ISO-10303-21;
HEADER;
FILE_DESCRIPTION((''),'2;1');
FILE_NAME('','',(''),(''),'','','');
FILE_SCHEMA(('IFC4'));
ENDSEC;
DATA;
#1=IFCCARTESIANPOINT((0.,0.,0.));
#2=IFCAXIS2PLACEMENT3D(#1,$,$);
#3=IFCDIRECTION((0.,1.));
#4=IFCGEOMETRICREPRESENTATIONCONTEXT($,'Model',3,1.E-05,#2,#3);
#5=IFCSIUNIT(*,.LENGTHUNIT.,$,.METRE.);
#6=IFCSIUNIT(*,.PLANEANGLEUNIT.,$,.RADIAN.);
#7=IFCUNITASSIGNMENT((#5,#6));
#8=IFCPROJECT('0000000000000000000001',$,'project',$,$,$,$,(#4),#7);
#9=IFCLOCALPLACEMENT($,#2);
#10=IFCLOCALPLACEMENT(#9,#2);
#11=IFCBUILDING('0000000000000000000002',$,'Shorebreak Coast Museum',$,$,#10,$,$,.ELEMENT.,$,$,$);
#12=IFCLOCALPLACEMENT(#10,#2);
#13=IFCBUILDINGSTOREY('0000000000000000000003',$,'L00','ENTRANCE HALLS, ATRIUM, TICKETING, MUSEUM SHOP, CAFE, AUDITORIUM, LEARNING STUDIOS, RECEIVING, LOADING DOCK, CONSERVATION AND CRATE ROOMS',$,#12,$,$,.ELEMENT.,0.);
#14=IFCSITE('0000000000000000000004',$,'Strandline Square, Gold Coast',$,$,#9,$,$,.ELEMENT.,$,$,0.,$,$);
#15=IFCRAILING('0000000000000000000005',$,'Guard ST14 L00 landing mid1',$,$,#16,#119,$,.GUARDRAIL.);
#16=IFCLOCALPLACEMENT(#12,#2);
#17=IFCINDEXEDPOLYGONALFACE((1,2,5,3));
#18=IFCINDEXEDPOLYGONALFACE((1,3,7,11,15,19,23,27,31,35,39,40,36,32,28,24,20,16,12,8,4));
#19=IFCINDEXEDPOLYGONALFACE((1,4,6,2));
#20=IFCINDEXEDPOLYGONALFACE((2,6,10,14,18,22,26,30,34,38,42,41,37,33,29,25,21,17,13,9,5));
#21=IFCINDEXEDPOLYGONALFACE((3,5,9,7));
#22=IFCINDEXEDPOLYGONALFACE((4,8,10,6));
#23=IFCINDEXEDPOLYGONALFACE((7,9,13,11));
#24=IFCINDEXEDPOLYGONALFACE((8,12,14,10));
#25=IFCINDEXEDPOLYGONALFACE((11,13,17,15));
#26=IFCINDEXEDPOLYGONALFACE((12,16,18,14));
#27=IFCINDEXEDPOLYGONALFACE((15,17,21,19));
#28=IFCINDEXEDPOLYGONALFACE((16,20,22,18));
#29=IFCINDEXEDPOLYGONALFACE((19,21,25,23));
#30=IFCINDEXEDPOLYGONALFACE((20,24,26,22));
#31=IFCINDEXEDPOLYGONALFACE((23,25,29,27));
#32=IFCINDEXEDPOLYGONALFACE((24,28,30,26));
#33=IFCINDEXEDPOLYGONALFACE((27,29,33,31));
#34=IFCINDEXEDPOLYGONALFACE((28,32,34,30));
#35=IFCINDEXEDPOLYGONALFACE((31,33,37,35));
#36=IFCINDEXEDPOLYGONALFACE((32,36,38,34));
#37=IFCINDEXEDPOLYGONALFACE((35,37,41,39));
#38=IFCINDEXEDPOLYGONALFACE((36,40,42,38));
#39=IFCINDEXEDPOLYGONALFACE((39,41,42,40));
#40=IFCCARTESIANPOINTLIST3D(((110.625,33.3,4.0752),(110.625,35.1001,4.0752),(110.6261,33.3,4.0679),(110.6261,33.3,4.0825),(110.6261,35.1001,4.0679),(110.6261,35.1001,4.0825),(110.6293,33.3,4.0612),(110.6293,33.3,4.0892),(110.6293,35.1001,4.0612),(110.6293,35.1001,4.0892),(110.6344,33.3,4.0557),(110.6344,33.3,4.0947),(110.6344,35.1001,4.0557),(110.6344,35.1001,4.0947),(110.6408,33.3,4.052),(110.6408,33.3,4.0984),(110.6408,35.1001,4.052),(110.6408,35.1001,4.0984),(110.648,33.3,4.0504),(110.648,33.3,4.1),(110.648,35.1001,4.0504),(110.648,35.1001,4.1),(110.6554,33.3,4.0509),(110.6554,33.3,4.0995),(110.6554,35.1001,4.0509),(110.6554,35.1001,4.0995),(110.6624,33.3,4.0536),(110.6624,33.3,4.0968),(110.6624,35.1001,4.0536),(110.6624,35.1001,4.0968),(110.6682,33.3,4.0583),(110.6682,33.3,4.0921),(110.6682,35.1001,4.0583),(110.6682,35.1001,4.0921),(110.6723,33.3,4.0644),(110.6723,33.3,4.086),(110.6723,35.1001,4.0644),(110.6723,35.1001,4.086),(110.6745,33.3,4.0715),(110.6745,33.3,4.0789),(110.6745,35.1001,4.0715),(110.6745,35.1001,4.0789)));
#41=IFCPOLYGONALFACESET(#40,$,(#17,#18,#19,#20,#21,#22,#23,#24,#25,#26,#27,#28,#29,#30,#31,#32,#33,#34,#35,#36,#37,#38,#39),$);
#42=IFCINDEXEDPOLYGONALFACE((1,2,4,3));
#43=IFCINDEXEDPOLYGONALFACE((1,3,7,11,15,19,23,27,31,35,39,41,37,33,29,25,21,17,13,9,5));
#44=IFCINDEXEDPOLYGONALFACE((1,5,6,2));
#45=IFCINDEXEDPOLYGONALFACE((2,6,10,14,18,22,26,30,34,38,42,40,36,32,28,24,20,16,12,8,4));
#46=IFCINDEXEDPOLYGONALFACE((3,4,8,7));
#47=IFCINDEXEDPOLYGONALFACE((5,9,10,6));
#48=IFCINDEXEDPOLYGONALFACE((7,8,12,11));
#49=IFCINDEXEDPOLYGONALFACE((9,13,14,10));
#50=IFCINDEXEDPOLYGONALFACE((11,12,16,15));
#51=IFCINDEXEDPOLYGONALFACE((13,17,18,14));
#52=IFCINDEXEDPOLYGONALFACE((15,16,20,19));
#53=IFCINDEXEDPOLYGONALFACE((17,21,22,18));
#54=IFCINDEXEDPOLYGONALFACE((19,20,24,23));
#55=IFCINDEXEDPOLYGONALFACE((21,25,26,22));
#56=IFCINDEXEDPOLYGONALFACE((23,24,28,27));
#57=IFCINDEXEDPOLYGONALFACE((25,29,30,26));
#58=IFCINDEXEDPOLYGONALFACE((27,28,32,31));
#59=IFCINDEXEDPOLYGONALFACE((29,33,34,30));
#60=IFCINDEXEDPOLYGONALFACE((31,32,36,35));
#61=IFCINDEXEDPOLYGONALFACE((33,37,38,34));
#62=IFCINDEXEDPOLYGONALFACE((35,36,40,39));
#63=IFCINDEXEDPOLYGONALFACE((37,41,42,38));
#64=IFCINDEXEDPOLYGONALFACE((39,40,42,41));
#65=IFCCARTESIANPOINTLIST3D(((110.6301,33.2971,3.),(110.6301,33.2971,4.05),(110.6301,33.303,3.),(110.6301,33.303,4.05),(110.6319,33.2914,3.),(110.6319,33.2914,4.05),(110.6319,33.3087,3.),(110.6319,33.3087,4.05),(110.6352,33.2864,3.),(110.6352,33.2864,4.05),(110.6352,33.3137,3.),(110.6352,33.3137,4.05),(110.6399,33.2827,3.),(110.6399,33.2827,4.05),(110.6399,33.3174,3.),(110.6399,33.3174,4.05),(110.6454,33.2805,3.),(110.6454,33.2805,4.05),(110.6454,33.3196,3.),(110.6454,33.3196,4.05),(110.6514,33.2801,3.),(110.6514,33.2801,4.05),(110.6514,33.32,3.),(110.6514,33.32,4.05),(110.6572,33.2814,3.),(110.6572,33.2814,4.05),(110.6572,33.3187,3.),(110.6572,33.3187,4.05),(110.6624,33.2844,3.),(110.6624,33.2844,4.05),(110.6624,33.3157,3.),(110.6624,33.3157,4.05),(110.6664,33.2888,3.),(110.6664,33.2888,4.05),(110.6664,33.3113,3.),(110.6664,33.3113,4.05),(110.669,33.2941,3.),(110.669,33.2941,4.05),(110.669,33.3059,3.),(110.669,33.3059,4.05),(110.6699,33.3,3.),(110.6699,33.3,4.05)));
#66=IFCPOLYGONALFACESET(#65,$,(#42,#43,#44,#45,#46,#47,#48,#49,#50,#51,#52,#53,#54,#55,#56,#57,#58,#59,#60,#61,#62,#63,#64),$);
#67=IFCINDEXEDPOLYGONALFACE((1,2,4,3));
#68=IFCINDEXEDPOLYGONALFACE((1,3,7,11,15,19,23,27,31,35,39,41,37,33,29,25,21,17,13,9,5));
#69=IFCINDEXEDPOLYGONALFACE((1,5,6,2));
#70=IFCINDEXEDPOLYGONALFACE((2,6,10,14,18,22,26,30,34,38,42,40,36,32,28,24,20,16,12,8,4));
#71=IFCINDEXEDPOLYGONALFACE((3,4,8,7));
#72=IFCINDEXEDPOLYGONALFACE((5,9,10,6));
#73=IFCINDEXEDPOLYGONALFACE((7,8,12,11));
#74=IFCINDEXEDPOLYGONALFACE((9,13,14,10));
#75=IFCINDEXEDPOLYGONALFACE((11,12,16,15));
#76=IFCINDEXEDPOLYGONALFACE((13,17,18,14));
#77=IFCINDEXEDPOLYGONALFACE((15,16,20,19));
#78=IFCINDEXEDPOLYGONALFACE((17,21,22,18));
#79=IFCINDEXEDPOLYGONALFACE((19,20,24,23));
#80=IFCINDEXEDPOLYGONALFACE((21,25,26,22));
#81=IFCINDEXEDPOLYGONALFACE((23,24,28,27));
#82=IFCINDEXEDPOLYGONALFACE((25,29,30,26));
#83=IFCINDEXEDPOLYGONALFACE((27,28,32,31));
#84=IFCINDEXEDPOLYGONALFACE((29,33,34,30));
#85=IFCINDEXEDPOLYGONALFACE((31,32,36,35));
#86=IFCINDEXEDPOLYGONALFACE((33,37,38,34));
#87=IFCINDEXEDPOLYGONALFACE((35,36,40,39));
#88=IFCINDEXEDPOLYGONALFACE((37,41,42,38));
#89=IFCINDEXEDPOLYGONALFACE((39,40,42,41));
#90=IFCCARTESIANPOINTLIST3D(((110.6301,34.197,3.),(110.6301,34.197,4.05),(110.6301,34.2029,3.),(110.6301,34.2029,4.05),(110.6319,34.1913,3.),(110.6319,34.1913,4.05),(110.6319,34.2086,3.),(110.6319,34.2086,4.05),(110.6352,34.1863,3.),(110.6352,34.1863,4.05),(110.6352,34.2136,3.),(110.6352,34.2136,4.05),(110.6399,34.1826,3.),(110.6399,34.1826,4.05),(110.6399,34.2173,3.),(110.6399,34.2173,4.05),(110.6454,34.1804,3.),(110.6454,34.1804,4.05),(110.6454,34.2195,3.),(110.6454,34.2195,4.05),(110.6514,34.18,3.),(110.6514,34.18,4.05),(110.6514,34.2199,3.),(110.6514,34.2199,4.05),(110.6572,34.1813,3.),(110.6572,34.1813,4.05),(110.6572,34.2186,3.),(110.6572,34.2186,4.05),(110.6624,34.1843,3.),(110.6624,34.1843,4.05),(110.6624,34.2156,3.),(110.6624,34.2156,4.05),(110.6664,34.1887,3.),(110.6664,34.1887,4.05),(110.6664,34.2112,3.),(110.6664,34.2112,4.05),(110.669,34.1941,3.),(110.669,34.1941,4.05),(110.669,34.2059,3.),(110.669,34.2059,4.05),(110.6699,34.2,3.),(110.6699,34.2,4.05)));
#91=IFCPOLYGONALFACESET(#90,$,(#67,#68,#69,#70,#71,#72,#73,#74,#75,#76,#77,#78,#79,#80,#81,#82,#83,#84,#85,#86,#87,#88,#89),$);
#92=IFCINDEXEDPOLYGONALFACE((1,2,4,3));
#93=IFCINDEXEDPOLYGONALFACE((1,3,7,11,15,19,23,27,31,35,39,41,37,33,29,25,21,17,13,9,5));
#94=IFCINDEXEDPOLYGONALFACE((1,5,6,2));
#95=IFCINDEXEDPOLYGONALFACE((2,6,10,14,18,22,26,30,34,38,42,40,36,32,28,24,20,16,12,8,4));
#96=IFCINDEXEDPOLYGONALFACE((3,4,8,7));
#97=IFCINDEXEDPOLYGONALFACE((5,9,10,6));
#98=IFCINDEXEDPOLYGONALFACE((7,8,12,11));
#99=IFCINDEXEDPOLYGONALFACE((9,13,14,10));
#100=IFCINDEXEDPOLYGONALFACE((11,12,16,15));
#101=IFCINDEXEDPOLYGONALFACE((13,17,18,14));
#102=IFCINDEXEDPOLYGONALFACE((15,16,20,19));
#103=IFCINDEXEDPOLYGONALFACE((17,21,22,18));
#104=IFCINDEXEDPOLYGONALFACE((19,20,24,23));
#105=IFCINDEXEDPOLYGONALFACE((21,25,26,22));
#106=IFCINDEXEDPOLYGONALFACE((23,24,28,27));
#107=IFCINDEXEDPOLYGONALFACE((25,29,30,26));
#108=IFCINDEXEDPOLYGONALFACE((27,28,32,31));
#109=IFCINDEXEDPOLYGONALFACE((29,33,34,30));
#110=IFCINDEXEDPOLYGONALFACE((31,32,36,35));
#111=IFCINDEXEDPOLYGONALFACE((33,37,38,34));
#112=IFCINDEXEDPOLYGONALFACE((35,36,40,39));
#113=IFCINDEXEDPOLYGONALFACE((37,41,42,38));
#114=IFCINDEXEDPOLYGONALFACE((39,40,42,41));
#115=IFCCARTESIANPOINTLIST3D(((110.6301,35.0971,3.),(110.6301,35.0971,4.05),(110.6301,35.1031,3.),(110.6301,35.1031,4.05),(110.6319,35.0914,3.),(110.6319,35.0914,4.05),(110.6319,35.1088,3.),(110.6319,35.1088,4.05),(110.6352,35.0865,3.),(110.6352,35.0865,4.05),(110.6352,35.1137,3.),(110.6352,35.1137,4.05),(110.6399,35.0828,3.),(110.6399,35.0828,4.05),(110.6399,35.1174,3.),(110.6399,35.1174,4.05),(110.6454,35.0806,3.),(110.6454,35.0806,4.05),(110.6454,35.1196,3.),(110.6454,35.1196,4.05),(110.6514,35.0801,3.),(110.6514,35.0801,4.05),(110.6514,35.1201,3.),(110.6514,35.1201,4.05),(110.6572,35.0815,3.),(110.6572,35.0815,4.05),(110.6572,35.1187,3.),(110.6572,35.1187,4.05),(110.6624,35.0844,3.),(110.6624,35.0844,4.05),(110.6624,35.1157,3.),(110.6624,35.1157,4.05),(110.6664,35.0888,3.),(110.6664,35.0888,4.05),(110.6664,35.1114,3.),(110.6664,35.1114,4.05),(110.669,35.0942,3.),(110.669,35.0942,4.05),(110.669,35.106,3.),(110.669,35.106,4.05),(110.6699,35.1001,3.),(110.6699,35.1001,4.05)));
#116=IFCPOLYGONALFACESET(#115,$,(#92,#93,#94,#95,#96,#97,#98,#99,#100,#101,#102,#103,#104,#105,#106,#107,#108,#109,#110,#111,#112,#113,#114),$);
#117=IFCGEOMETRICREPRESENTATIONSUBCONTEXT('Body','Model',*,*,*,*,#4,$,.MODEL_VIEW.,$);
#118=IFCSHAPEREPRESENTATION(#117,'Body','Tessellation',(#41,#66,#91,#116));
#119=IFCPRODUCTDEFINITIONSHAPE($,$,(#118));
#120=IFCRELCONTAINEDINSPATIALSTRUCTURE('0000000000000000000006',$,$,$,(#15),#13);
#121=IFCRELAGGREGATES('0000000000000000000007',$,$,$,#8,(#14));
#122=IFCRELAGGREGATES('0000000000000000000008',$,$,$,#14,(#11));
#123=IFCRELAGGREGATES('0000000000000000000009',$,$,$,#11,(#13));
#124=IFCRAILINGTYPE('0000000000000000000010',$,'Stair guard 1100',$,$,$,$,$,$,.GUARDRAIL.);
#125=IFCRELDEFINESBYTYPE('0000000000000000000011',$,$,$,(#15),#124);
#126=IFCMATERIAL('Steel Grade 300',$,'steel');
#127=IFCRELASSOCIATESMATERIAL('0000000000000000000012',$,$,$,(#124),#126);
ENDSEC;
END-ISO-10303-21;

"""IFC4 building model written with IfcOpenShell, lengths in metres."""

from ifc_helpers import new_model, si_unit, direction, frame, origin, origin_2d, place, context, subcontext, project, spatial, circle, extrude, material, type_object, element, save


model = new_model("IFC4")

# Units and contexts
model_context = context("Model", 3, precision=1e-05, world=origin(), true_north=direction((0.0, 1.0)))
body_context = subcontext(model_context, "Body", "Model", "MODEL_VIEW")
ifc_project = project(units=[si_unit("LENGTHUNIT", "METRE"), si_unit("PLANEANGLEUNIT", "RADIAN")], contexts=[model_context])

# Site, building, storey
site_placement = place(None, origin())
site = spatial("IfcSite", under=ifc_project, at=site_placement, Name="Strandline Square, Gold Coast", CompositionType="ELEMENT", RefElevation=0.0)
building_placement = place(site_placement, origin())
building = spatial("IfcBuilding", under=site, at=building_placement, Name="Shorebreak Coast Museum", CompositionType="ELEMENT")
storey_placement = place(building_placement, origin())
storey = spatial("IfcBuildingStorey", under=building, at=storey_placement, Name="L00", Description="ENTRANCE HALLS, ATRIUM, TICKETING, MUSEUM SHOP, CAFE, AUDITORIUM, LEARNING STUDIOS, RECEIVING, LOADING DOCK, CONSERVATION AND CRATE ROOMS", CompositionType="ELEMENT", Elevation=0.0)

# Railing
ifc_material_1 = material(Name="Steel Grade 300", Category="steel")
railing_type_1 = type_object("IfcRailingType", Name="Stair guard 1100", PredefinedType="GUARDRAIL", material=ifc_material_1)
railing_1_placement = place(storey_placement, frame((110.6499, 33.3, 3.0)))
element("IfcRailing", 1, at=railing_1_placement, inside=storey, type_object=railing_type_1, Name="Guard ST14 L00 landing mid1", PredefinedType="GUARDRAIL", context=body_context, shape_type="SweptSolid", body=[
    extrude(circle(Radius=0.0249, at=origin_2d()), frame((0.0, 0.0, 1.0752), z_axis=(0.0, 1.0, 0.0), x_axis=(-1.0, 0.0, 0.0)), (0.0, 0.0, 1.0), 1.8),
    extrude(circle(Radius=0.02, at=origin_2d()), origin(), (0.0, 0.0, 1.0), 1.05),
    extrude(circle(Radius=0.02, at=origin_2d()), frame((0.0, 0.8999, 0.0)), (0.0, 0.0, 1.0), 1.05),
    extrude(circle(Radius=0.02, at=origin_2d()), frame((0.0, 1.8, 0.0)), (0.0, 0.0, 1.0), 1.05),
])

save(model, "model.ifc")
